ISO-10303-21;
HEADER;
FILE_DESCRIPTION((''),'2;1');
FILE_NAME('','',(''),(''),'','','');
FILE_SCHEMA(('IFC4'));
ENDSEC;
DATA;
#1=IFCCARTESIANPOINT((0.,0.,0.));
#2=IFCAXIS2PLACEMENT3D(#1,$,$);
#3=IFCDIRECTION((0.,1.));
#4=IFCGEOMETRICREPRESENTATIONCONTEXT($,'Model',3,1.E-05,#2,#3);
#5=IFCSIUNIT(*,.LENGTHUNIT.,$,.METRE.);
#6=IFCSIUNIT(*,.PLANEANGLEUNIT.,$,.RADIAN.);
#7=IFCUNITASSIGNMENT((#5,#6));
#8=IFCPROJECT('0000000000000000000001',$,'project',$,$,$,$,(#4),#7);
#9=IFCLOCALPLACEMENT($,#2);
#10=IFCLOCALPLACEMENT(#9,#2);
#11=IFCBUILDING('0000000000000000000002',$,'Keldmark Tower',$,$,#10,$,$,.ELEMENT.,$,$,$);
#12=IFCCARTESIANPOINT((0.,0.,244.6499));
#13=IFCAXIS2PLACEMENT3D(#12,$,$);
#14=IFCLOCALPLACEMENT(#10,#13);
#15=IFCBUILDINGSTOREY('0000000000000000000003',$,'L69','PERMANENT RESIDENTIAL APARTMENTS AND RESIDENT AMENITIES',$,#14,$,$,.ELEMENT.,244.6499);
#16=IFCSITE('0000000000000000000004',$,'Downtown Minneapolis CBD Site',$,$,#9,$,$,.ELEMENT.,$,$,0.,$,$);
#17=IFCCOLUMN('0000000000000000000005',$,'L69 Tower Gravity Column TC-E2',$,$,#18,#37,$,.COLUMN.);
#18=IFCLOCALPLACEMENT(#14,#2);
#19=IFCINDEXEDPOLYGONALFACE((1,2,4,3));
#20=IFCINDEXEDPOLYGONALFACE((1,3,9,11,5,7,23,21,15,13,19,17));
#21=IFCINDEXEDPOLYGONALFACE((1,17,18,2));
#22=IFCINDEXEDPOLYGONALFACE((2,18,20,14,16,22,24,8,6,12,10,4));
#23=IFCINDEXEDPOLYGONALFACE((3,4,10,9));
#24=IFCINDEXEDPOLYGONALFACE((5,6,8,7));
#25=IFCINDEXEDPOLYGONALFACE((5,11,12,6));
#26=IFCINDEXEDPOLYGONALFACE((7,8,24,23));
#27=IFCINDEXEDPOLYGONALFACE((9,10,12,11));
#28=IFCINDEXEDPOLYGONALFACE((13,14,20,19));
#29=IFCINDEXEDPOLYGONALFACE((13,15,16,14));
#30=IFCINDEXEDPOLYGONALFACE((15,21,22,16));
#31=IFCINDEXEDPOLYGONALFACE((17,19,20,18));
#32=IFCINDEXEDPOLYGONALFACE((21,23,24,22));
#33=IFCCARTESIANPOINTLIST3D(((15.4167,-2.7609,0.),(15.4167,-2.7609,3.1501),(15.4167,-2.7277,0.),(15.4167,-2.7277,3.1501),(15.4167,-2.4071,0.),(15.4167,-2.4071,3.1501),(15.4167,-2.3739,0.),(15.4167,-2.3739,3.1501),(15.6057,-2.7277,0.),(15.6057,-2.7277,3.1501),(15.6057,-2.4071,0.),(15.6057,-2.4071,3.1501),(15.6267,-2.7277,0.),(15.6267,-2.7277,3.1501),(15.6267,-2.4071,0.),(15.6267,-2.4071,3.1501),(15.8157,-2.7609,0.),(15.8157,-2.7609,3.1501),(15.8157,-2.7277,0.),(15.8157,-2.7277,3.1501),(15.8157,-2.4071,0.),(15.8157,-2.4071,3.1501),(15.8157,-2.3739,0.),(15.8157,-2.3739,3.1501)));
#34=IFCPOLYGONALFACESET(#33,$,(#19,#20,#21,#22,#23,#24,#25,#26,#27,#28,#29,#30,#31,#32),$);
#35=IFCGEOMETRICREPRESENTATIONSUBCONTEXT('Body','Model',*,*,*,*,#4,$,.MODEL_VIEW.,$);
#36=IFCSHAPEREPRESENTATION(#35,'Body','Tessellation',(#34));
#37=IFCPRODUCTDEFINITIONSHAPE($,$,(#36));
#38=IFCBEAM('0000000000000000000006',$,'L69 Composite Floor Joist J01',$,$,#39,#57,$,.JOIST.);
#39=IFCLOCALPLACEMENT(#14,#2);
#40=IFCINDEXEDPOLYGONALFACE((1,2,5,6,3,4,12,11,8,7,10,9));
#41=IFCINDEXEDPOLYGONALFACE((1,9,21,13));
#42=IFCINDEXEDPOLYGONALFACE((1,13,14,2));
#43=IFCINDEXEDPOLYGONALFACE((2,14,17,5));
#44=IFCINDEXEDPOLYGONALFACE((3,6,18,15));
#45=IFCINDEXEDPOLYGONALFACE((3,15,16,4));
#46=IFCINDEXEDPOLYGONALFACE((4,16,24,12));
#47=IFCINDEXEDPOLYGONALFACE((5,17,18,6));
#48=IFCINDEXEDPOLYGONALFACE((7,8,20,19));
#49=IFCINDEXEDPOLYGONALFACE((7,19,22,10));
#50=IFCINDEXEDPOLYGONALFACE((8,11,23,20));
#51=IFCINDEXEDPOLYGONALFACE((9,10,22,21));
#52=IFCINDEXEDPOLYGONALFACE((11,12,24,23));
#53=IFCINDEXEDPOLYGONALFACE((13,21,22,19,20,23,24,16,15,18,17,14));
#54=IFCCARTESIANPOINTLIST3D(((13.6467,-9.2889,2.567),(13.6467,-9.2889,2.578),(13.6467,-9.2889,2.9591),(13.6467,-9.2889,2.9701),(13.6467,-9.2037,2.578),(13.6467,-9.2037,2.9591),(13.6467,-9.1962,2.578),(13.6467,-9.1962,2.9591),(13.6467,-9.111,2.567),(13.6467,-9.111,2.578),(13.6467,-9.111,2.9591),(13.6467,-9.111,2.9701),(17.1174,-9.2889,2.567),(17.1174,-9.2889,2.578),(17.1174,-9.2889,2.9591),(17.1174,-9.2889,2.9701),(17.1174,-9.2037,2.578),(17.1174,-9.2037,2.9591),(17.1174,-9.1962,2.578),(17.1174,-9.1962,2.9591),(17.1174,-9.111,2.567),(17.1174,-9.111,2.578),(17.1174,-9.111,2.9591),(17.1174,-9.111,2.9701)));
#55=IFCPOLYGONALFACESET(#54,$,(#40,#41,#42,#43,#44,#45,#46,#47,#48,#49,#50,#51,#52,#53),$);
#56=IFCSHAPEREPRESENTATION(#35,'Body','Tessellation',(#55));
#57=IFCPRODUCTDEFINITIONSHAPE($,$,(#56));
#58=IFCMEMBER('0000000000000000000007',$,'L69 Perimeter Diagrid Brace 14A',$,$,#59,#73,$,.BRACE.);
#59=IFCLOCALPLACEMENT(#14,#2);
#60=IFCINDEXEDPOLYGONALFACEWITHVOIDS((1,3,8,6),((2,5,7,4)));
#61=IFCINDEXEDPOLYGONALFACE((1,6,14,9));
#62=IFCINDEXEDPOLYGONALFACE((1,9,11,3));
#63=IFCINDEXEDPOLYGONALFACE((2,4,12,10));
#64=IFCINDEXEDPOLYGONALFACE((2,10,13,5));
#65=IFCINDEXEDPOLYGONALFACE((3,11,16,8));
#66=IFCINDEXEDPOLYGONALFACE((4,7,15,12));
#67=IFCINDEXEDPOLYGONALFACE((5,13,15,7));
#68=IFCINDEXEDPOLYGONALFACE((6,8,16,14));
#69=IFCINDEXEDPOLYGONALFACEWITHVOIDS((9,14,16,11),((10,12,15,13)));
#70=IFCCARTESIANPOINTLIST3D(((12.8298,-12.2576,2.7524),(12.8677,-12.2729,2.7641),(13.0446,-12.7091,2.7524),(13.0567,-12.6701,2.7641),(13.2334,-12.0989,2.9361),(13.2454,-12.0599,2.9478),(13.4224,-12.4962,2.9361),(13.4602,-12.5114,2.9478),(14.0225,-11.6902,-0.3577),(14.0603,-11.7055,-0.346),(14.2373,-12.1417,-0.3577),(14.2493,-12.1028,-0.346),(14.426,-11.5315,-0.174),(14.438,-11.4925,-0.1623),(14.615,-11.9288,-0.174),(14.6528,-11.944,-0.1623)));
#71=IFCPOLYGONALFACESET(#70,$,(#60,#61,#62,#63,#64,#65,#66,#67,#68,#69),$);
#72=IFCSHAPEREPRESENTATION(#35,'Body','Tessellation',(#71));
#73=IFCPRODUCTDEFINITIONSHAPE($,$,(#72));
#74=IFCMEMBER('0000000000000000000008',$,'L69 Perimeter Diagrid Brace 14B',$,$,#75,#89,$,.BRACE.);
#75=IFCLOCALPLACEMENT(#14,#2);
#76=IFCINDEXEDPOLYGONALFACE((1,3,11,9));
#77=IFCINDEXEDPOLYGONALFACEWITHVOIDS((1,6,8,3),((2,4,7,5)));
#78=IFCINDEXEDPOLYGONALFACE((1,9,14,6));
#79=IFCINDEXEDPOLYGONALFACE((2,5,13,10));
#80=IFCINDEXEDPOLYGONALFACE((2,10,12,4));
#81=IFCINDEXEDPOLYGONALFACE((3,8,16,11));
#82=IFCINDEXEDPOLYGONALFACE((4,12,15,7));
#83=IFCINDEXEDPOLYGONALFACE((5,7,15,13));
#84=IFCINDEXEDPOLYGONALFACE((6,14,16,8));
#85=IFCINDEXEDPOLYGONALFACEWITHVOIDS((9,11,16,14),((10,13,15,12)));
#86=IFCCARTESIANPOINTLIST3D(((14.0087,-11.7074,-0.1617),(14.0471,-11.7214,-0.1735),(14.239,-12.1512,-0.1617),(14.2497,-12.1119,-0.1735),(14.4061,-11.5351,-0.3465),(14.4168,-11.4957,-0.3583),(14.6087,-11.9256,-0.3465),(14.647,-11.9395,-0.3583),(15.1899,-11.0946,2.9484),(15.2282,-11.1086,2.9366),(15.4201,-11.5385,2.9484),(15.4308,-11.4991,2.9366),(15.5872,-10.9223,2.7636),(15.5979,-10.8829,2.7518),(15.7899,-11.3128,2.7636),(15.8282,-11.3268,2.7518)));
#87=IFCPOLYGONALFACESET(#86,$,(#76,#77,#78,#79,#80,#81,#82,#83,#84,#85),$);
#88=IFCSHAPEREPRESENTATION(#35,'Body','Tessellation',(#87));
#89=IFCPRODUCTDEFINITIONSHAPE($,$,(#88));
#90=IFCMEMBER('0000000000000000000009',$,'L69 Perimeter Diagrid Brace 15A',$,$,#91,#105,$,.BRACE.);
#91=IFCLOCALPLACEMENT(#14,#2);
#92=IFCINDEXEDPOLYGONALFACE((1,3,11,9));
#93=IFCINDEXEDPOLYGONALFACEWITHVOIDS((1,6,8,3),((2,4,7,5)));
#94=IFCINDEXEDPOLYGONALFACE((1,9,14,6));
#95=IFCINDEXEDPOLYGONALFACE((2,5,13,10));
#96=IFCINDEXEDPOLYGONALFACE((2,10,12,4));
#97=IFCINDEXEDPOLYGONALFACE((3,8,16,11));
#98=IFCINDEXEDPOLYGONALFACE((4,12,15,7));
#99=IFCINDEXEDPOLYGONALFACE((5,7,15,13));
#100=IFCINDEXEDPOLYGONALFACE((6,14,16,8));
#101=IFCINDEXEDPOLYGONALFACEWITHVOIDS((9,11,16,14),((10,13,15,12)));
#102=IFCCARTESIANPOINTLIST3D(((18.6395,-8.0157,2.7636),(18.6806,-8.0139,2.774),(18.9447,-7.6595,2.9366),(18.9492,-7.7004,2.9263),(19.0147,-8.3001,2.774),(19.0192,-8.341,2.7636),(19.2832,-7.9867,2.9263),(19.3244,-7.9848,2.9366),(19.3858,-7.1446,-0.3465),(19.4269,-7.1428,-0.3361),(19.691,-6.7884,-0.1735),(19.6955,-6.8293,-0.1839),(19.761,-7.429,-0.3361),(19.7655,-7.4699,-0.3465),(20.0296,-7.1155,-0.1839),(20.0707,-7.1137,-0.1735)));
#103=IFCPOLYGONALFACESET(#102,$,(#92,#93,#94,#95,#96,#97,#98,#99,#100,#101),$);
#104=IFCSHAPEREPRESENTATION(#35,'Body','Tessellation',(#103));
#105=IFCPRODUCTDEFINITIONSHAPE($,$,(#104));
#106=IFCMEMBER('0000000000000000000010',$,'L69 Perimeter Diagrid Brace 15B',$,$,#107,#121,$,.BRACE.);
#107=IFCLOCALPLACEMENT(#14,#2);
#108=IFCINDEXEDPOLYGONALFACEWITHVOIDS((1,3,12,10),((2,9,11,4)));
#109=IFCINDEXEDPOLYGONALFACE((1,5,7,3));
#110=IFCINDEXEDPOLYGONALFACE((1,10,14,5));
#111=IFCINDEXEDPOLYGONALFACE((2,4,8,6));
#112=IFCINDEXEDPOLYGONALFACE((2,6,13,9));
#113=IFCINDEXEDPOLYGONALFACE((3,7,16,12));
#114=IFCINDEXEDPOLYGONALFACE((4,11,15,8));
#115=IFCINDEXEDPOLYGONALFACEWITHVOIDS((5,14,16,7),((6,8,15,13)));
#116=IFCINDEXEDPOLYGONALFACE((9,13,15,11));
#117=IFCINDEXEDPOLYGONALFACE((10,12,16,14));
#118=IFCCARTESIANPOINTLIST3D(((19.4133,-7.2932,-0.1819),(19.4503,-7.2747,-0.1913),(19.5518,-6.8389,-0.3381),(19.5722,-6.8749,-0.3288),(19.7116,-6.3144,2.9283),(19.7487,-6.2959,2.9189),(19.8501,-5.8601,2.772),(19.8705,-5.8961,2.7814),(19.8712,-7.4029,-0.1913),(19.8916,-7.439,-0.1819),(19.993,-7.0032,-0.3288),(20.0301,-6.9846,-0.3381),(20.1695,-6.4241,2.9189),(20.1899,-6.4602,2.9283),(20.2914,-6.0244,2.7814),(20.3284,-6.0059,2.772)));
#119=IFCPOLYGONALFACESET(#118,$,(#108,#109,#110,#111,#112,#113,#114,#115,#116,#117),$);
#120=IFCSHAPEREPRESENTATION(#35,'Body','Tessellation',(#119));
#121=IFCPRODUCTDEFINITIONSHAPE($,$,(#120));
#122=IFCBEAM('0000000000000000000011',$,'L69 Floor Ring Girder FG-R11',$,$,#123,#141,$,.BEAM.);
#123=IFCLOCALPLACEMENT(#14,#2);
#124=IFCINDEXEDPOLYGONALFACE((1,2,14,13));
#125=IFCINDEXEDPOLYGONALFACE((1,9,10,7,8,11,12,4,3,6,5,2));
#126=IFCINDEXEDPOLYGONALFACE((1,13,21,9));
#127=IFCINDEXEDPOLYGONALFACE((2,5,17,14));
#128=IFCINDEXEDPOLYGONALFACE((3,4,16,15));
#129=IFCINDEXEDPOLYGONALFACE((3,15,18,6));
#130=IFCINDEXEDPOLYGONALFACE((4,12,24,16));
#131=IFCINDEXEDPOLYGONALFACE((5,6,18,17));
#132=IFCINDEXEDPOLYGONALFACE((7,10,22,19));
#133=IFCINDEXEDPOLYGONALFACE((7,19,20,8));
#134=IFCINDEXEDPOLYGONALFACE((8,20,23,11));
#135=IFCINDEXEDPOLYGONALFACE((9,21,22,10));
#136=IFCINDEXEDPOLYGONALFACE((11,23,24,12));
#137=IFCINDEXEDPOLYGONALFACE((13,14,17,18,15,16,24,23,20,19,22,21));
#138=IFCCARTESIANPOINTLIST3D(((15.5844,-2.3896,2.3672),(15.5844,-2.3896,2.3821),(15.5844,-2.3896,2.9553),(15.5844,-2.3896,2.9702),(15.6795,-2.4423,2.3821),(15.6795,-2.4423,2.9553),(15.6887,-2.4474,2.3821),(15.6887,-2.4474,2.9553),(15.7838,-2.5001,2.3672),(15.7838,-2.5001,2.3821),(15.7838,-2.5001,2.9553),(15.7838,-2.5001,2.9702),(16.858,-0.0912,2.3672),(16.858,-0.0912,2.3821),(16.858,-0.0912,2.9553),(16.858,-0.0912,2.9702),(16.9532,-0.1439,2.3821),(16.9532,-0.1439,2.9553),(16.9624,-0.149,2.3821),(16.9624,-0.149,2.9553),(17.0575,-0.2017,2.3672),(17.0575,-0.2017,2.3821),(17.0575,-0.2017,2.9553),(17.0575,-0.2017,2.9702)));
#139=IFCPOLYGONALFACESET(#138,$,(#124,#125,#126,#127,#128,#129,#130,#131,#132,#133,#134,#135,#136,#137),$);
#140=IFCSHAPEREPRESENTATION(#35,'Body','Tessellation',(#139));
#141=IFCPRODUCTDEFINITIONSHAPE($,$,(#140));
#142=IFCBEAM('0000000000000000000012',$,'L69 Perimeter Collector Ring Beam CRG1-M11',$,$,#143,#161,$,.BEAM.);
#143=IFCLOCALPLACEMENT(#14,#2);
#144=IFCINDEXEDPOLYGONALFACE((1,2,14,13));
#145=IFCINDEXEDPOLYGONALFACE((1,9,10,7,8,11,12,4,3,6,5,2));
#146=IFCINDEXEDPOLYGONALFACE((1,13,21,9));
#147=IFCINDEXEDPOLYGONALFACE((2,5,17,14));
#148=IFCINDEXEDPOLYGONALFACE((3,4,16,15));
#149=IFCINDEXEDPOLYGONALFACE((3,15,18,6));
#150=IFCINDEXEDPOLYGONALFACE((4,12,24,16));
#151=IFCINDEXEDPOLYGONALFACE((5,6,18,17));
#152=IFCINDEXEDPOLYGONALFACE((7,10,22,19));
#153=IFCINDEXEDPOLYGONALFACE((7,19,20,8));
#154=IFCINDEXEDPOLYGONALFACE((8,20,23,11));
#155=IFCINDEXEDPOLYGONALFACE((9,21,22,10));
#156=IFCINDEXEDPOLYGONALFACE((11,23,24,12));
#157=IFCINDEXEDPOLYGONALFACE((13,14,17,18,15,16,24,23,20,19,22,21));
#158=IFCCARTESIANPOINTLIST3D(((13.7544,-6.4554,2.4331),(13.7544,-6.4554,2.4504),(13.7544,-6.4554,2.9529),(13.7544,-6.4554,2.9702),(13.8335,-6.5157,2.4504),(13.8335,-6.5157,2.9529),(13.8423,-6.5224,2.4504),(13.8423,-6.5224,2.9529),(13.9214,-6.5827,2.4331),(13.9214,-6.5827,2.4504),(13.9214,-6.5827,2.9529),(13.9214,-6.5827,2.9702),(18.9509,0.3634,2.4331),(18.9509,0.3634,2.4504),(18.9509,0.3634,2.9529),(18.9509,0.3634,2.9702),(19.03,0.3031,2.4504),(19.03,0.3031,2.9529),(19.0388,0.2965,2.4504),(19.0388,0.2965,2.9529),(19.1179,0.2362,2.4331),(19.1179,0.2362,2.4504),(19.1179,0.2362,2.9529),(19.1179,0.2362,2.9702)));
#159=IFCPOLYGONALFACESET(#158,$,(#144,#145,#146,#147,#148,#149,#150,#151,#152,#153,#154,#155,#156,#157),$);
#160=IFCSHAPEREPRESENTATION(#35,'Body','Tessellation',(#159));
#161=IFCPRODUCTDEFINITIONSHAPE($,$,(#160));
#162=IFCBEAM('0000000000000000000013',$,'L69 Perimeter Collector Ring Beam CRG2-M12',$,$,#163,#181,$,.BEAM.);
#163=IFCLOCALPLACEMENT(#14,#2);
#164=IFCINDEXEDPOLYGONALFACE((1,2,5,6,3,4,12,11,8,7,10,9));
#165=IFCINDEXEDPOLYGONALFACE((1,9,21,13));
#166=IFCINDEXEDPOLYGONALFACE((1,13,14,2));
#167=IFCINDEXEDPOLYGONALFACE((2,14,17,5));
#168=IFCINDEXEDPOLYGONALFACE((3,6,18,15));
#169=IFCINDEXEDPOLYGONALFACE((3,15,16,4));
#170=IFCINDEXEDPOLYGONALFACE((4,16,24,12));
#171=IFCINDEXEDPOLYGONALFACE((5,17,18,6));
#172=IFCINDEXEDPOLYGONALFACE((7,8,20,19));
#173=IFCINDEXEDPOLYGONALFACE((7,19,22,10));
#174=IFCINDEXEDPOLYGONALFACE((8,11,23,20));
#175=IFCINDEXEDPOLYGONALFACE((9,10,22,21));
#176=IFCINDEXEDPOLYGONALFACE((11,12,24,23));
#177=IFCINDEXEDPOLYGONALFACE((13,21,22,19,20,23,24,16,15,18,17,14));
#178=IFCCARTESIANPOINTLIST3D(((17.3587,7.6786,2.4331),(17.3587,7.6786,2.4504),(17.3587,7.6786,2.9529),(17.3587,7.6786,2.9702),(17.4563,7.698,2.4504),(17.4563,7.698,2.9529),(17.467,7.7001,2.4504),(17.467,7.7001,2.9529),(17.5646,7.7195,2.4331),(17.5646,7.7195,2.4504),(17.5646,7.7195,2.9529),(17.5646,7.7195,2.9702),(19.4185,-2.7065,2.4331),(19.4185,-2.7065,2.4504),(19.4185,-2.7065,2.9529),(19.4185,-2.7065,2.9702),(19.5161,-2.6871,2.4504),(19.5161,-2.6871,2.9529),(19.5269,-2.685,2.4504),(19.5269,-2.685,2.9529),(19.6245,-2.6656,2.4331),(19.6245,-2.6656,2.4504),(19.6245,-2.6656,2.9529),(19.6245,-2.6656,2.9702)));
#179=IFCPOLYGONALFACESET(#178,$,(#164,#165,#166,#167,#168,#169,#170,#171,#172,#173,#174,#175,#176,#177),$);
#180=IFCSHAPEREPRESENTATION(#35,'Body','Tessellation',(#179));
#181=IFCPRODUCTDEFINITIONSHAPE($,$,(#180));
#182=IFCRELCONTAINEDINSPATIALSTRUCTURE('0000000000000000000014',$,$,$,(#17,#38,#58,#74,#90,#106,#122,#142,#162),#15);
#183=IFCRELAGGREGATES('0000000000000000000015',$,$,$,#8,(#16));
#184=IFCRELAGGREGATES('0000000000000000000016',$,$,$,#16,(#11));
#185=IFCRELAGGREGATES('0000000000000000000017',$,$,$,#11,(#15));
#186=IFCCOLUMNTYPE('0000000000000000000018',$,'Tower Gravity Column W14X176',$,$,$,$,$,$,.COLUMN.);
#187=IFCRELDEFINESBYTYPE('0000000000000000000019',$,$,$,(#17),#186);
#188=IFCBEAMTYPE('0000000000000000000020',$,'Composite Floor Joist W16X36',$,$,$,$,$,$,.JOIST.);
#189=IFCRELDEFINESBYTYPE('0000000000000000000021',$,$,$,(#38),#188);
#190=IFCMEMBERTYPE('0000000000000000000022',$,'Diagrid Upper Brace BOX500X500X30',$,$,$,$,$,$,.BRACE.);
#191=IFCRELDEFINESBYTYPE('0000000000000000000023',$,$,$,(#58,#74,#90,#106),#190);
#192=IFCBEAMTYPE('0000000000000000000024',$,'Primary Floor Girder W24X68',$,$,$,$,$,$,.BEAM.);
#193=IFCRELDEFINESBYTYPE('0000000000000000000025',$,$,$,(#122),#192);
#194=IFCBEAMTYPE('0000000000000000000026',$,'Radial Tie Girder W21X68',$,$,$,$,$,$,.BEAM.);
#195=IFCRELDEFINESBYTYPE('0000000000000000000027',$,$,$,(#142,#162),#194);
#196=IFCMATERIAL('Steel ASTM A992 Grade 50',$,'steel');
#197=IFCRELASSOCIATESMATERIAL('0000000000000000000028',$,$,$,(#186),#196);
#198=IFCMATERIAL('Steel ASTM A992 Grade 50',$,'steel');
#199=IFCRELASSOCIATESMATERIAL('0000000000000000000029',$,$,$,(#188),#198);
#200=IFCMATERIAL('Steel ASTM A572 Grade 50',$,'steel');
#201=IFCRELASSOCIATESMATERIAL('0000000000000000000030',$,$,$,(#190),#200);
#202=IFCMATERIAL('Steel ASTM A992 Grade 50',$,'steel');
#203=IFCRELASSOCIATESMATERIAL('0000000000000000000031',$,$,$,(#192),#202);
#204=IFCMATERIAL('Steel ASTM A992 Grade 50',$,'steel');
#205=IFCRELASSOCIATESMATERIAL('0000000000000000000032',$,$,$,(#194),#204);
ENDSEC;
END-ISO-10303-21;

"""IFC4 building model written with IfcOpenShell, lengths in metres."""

from ifc_helpers import new_model, si_unit, direction, frame, origin, origin_2d, place, context, subcontext, project, spatial, hollow_rectangle, i_section, extrude, material, material_profile, profile_set, type_object, element, save


model = new_model("IFC4")

# Units and contexts
model_context = context("Model", 3, precision=1e-05, world=origin(), true_north=direction((0.0, 1.0)))
body_context = subcontext(model_context, "Body", "Model", "MODEL_VIEW")
ifc_project = project(units=[si_unit("LENGTHUNIT", "METRE"), si_unit("PLANEANGLEUNIT", "RADIAN")], contexts=[model_context])

# Site, building, storey
site_placement = place(None, origin())
site = spatial("IfcSite", under=ifc_project, at=site_placement, Name="Downtown Minneapolis CBD Site", CompositionType="ELEMENT", RefElevation=0.0)
building_placement = place(site_placement, origin())
building = spatial("IfcBuilding", under=site, at=building_placement, Name="Keldmark Tower", CompositionType="ELEMENT")
storey_placement = place(building_placement, frame((0.0, 0.0, 244.6499)))
storey = spatial("IfcBuildingStorey", under=building, at=storey_placement, Name="L69", Description="PERMANENT RESIDENTIAL APARTMENTS AND RESIDENT AMENITIES", CompositionType="ELEMENT", Elevation=244.6499)

# Column
ifc_material_1 = material(Name="Steel ASTM A992 Grade 50", Category="steel")
ifc_material_profile_1 = material_profile(ifc_material_1, i_section(OverallWidth=0.3989, OverallDepth=0.387, WebThickness=0.021, FlangeThickness=0.0332, at=origin_2d()), Name="W14X176")
ifc_profile_set_1 = profile_set([ifc_material_profile_1], Name="Steel ASTM A992 Grade 50")
column_type = type_object("IfcColumnType", Name="Tower Gravity Column W14X176", PredefinedType="COLUMN", material=ifc_profile_set_1)
column_placement = place(storey_placement, frame((15.6162, -2.5674, 0.0), z_axis=(0.0, 0.0, 1.0), x_axis=(1.0, 0.0, 0.0)))
element("IfcColumn", 1, at=column_placement, inside=storey, type_object=column_type, Name="L69 Tower Gravity Column TC-E2", PredefinedType="COLUMN", context=body_context, shape_type="SweptSolid", body=[
    extrude(i_section(OverallWidth=0.3989, OverallDepth=0.387, WebThickness=0.021, FlangeThickness=0.0332, at=origin_2d()), origin(), (0.0, 0.0, 1.0), 3.1501),
])

# Beam
ifc_material_2 = material(Name="Steel ASTM A992 Grade 50", Category="steel")
ifc_material_profile_2 = material_profile(ifc_material_2, i_section(OverallWidth=0.178, OverallDepth=0.4031, WebThickness=0.0076, FlangeThickness=0.011, at=origin_2d()), Name="W16X36")
ifc_profile_set_2 = profile_set([ifc_material_profile_2], Name="Steel ASTM A992 Grade 50")
beam_type_1 = type_object("IfcBeamType", Name="Composite Floor Joist W16X36", PredefinedType="JOIST", material=ifc_profile_set_2)
beam_1_placement = place(storey_placement, frame((13.6467, -9.2, 2.7686), z_axis=(1.0, 0.0, 0.0), x_axis=(0.0, 1.0, 0.0)))
element("IfcBeam", 2, at=beam_1_placement, inside=storey, type_object=beam_type_1, Name="L69 Composite Floor Joist J01", PredefinedType="JOIST", context=body_context, shape_type="SweptSolid", body=[
    extrude(i_section(OverallWidth=0.178, OverallDepth=0.4031, WebThickness=0.0076, FlangeThickness=0.011, at=origin_2d()), origin(), (0.0, 0.0, 1.0), 3.4707),
])

# Members
ifc_material_3 = material(Name="Steel ASTM A572 Grade 50", Category="steel")
ifc_material_profile_3 = material_profile(ifc_material_3, hollow_rectangle(XDim=0.5, YDim=0.5, WallThickness=0.03, at=origin_2d()), Name="BOX500X500X30")
ifc_profile_set_3 = profile_set([ifc_material_profile_3], Name="Steel ASTM A572 Grade 50")
member_type = type_object("IfcMemberType", Name="Diagrid Upper Brace BOX500X500X30", PredefinedType="BRACE", material=ifc_profile_set_3)
member_1_placement = place(storey_placement, frame((14.3376, -11.8171, -0.26), z_axis=(-0.352962, -0.167919, 0.920446), x_axis=(0.429603, -0.903018, 0.0)))
element("IfcMember", 3, at=member_1_placement, inside=storey, type_object=member_type, Name="L69 Perimeter Diagrid Brace 14A", PredefinedType="BRACE", context=body_context, shape_type="SweptSolid", body=[
    extrude(hollow_rectangle(XDim=0.5, YDim=0.5, WallThickness=0.03, at=origin_2d()), origin(), (0.0, 0.0, 1.0), 3.3789),
])
member_2_placement = place(storey_placement, frame((14.3279, -11.8235, -0.26), z_axis=(0.349163, 0.181149, 0.919386), x_axis=(-0.460521, 0.887649, 0.0)))
element("IfcMember", 4, at=member_2_placement, inside=storey, type_object=member_type, Name="L69 Perimeter Diagrid Brace 14B", PredefinedType="BRACE", context=body_context, shape_type="SweptSolid", body=[
    extrude(hollow_rectangle(XDim=0.5, YDim=0.5, WallThickness=0.03, at=origin_2d()), origin(), (0.0, 0.0, 1.0), 3.3828),
])
member_3_placement = place(storey_placement, frame((19.7283, -7.1292, -0.26), z_axis=(-0.225146, -0.262781, 0.938219), x_axis=(0.759392, -0.650634, 0.0)))
element("IfcMember", 5, at=member_3_placement, inside=storey, type_object=member_type, Name="L69 Perimeter Diagrid Brace 15A", PredefinedType="BRACE", context=body_context, shape_type="SweptSolid", body=[
    extrude(hollow_rectangle(XDim=0.5, YDim=0.5, WallThickness=0.03, at=origin_2d()), origin(), (0.0, 0.0, 1.0), 3.3149),
])
member_4_placement = place(storey_placement, frame((19.7217, -7.1389, -0.26), z_axis=(0.091121, 0.29894, 0.949912), x_axis=(-0.95655, 0.29157, 0.0)))
element("IfcMember", 6, at=member_4_placement, inside=storey, type_object=member_type, Name="L69 Perimeter Diagrid Brace 15B", PredefinedType="BRACE", context=body_context, shape_type="SweptSolid", body=[
    extrude(hollow_rectangle(XDim=0.5, YDim=0.5, WallThickness=0.03, at=origin_2d()), origin(), (0.0, 0.0, 1.0), 3.2742),
])

# Beams
ifc_material_4 = material(Name="Steel ASTM A992 Grade 50", Category="steel")
ifc_material_profile_4 = material_profile(ifc_material_4, i_section(OverallWidth=0.228, OverallDepth=0.603, WebThickness=0.0105, FlangeThickness=0.0149, at=origin_2d()), Name="W24X68")
ifc_profile_set_4 = profile_set([ifc_material_profile_4], Name="Steel ASTM A992 Grade 50")
beam_type_2 = type_object("IfcBeamType", Name="Primary Floor Girder W24X68", PredefinedType="BEAM", material=ifc_profile_set_4)
beam_2_placement = place(storey_placement, frame((15.6841, -2.4448, 2.6687), z_axis=(0.48472, 0.87467, 0.0), x_axis=(-0.87467, 0.48472, 0.0)))
element("IfcBeam", 7, at=beam_2_placement, inside=storey, type_object=beam_type_2, Name="L69 Floor Ring Girder FG-R11", PredefinedType="BEAM", context=body_context, shape_type="SweptSolid", body=[
    extrude(i_section(OverallWidth=0.228, OverallDepth=0.603, WebThickness=0.0105, FlangeThickness=0.0149, at=origin_2d()), origin(), (0.0, 0.0, 1.0), 2.6277),
])
ifc_material_5 = material(Name="Steel ASTM A992 Grade 50", Category="steel")
ifc_material_profile_5 = material_profile(ifc_material_5, i_section(OverallWidth=0.21, OverallDepth=0.5371, WebThickness=0.011, FlangeThickness=0.0173, at=origin_2d()), Name="W21X68")
ifc_profile_set_5 = profile_set([ifc_material_profile_5], Name="Steel ASTM A992 Grade 50")
beam_type_3 = type_object("IfcBeamType", Name="Radial Tie Girder W21X68", PredefinedType="BEAM", material=ifc_profile_set_5)
beam_3_placement = place(storey_placement, frame((13.8379, -6.519, 2.7017), z_axis=(0.606133, 0.795363, 0.0), x_axis=(-0.795363, 0.606133, 0.0)))
element("IfcBeam", 8, at=beam_3_placement, inside=storey, type_object=beam_type_3, Name="L69 Perimeter Collector Ring Beam CRG1-M11", PredefinedType="BEAM", context=body_context, shape_type="SweptSolid", body=[
    extrude(i_section(OverallWidth=0.21, OverallDepth=0.5371, WebThickness=0.011, FlangeThickness=0.0173, at=origin_2d()), origin(), (0.0, 0.0, 1.0), 8.5732),
])
beam_4_placement = place(storey_placement, frame((19.5215, -2.686, 2.7017), z_axis=(-0.194555, 0.980892, 0.0), x_axis=(-0.980892, -0.194555, 0.0)))
element("IfcBeam", 9, at=beam_4_placement, inside=storey, type_object=beam_type_3, Name="L69 Perimeter Collector Ring Beam CRG2-M12", PredefinedType="BEAM", context=body_context, shape_type="SweptSolid", body=[
    extrude(i_section(OverallWidth=0.21, OverallDepth=0.5371, WebThickness=0.011, FlangeThickness=0.0173, at=origin_2d()), origin(), (0.0, 0.0, 1.0), 10.5874),
])

save(model, "model.ifc")
